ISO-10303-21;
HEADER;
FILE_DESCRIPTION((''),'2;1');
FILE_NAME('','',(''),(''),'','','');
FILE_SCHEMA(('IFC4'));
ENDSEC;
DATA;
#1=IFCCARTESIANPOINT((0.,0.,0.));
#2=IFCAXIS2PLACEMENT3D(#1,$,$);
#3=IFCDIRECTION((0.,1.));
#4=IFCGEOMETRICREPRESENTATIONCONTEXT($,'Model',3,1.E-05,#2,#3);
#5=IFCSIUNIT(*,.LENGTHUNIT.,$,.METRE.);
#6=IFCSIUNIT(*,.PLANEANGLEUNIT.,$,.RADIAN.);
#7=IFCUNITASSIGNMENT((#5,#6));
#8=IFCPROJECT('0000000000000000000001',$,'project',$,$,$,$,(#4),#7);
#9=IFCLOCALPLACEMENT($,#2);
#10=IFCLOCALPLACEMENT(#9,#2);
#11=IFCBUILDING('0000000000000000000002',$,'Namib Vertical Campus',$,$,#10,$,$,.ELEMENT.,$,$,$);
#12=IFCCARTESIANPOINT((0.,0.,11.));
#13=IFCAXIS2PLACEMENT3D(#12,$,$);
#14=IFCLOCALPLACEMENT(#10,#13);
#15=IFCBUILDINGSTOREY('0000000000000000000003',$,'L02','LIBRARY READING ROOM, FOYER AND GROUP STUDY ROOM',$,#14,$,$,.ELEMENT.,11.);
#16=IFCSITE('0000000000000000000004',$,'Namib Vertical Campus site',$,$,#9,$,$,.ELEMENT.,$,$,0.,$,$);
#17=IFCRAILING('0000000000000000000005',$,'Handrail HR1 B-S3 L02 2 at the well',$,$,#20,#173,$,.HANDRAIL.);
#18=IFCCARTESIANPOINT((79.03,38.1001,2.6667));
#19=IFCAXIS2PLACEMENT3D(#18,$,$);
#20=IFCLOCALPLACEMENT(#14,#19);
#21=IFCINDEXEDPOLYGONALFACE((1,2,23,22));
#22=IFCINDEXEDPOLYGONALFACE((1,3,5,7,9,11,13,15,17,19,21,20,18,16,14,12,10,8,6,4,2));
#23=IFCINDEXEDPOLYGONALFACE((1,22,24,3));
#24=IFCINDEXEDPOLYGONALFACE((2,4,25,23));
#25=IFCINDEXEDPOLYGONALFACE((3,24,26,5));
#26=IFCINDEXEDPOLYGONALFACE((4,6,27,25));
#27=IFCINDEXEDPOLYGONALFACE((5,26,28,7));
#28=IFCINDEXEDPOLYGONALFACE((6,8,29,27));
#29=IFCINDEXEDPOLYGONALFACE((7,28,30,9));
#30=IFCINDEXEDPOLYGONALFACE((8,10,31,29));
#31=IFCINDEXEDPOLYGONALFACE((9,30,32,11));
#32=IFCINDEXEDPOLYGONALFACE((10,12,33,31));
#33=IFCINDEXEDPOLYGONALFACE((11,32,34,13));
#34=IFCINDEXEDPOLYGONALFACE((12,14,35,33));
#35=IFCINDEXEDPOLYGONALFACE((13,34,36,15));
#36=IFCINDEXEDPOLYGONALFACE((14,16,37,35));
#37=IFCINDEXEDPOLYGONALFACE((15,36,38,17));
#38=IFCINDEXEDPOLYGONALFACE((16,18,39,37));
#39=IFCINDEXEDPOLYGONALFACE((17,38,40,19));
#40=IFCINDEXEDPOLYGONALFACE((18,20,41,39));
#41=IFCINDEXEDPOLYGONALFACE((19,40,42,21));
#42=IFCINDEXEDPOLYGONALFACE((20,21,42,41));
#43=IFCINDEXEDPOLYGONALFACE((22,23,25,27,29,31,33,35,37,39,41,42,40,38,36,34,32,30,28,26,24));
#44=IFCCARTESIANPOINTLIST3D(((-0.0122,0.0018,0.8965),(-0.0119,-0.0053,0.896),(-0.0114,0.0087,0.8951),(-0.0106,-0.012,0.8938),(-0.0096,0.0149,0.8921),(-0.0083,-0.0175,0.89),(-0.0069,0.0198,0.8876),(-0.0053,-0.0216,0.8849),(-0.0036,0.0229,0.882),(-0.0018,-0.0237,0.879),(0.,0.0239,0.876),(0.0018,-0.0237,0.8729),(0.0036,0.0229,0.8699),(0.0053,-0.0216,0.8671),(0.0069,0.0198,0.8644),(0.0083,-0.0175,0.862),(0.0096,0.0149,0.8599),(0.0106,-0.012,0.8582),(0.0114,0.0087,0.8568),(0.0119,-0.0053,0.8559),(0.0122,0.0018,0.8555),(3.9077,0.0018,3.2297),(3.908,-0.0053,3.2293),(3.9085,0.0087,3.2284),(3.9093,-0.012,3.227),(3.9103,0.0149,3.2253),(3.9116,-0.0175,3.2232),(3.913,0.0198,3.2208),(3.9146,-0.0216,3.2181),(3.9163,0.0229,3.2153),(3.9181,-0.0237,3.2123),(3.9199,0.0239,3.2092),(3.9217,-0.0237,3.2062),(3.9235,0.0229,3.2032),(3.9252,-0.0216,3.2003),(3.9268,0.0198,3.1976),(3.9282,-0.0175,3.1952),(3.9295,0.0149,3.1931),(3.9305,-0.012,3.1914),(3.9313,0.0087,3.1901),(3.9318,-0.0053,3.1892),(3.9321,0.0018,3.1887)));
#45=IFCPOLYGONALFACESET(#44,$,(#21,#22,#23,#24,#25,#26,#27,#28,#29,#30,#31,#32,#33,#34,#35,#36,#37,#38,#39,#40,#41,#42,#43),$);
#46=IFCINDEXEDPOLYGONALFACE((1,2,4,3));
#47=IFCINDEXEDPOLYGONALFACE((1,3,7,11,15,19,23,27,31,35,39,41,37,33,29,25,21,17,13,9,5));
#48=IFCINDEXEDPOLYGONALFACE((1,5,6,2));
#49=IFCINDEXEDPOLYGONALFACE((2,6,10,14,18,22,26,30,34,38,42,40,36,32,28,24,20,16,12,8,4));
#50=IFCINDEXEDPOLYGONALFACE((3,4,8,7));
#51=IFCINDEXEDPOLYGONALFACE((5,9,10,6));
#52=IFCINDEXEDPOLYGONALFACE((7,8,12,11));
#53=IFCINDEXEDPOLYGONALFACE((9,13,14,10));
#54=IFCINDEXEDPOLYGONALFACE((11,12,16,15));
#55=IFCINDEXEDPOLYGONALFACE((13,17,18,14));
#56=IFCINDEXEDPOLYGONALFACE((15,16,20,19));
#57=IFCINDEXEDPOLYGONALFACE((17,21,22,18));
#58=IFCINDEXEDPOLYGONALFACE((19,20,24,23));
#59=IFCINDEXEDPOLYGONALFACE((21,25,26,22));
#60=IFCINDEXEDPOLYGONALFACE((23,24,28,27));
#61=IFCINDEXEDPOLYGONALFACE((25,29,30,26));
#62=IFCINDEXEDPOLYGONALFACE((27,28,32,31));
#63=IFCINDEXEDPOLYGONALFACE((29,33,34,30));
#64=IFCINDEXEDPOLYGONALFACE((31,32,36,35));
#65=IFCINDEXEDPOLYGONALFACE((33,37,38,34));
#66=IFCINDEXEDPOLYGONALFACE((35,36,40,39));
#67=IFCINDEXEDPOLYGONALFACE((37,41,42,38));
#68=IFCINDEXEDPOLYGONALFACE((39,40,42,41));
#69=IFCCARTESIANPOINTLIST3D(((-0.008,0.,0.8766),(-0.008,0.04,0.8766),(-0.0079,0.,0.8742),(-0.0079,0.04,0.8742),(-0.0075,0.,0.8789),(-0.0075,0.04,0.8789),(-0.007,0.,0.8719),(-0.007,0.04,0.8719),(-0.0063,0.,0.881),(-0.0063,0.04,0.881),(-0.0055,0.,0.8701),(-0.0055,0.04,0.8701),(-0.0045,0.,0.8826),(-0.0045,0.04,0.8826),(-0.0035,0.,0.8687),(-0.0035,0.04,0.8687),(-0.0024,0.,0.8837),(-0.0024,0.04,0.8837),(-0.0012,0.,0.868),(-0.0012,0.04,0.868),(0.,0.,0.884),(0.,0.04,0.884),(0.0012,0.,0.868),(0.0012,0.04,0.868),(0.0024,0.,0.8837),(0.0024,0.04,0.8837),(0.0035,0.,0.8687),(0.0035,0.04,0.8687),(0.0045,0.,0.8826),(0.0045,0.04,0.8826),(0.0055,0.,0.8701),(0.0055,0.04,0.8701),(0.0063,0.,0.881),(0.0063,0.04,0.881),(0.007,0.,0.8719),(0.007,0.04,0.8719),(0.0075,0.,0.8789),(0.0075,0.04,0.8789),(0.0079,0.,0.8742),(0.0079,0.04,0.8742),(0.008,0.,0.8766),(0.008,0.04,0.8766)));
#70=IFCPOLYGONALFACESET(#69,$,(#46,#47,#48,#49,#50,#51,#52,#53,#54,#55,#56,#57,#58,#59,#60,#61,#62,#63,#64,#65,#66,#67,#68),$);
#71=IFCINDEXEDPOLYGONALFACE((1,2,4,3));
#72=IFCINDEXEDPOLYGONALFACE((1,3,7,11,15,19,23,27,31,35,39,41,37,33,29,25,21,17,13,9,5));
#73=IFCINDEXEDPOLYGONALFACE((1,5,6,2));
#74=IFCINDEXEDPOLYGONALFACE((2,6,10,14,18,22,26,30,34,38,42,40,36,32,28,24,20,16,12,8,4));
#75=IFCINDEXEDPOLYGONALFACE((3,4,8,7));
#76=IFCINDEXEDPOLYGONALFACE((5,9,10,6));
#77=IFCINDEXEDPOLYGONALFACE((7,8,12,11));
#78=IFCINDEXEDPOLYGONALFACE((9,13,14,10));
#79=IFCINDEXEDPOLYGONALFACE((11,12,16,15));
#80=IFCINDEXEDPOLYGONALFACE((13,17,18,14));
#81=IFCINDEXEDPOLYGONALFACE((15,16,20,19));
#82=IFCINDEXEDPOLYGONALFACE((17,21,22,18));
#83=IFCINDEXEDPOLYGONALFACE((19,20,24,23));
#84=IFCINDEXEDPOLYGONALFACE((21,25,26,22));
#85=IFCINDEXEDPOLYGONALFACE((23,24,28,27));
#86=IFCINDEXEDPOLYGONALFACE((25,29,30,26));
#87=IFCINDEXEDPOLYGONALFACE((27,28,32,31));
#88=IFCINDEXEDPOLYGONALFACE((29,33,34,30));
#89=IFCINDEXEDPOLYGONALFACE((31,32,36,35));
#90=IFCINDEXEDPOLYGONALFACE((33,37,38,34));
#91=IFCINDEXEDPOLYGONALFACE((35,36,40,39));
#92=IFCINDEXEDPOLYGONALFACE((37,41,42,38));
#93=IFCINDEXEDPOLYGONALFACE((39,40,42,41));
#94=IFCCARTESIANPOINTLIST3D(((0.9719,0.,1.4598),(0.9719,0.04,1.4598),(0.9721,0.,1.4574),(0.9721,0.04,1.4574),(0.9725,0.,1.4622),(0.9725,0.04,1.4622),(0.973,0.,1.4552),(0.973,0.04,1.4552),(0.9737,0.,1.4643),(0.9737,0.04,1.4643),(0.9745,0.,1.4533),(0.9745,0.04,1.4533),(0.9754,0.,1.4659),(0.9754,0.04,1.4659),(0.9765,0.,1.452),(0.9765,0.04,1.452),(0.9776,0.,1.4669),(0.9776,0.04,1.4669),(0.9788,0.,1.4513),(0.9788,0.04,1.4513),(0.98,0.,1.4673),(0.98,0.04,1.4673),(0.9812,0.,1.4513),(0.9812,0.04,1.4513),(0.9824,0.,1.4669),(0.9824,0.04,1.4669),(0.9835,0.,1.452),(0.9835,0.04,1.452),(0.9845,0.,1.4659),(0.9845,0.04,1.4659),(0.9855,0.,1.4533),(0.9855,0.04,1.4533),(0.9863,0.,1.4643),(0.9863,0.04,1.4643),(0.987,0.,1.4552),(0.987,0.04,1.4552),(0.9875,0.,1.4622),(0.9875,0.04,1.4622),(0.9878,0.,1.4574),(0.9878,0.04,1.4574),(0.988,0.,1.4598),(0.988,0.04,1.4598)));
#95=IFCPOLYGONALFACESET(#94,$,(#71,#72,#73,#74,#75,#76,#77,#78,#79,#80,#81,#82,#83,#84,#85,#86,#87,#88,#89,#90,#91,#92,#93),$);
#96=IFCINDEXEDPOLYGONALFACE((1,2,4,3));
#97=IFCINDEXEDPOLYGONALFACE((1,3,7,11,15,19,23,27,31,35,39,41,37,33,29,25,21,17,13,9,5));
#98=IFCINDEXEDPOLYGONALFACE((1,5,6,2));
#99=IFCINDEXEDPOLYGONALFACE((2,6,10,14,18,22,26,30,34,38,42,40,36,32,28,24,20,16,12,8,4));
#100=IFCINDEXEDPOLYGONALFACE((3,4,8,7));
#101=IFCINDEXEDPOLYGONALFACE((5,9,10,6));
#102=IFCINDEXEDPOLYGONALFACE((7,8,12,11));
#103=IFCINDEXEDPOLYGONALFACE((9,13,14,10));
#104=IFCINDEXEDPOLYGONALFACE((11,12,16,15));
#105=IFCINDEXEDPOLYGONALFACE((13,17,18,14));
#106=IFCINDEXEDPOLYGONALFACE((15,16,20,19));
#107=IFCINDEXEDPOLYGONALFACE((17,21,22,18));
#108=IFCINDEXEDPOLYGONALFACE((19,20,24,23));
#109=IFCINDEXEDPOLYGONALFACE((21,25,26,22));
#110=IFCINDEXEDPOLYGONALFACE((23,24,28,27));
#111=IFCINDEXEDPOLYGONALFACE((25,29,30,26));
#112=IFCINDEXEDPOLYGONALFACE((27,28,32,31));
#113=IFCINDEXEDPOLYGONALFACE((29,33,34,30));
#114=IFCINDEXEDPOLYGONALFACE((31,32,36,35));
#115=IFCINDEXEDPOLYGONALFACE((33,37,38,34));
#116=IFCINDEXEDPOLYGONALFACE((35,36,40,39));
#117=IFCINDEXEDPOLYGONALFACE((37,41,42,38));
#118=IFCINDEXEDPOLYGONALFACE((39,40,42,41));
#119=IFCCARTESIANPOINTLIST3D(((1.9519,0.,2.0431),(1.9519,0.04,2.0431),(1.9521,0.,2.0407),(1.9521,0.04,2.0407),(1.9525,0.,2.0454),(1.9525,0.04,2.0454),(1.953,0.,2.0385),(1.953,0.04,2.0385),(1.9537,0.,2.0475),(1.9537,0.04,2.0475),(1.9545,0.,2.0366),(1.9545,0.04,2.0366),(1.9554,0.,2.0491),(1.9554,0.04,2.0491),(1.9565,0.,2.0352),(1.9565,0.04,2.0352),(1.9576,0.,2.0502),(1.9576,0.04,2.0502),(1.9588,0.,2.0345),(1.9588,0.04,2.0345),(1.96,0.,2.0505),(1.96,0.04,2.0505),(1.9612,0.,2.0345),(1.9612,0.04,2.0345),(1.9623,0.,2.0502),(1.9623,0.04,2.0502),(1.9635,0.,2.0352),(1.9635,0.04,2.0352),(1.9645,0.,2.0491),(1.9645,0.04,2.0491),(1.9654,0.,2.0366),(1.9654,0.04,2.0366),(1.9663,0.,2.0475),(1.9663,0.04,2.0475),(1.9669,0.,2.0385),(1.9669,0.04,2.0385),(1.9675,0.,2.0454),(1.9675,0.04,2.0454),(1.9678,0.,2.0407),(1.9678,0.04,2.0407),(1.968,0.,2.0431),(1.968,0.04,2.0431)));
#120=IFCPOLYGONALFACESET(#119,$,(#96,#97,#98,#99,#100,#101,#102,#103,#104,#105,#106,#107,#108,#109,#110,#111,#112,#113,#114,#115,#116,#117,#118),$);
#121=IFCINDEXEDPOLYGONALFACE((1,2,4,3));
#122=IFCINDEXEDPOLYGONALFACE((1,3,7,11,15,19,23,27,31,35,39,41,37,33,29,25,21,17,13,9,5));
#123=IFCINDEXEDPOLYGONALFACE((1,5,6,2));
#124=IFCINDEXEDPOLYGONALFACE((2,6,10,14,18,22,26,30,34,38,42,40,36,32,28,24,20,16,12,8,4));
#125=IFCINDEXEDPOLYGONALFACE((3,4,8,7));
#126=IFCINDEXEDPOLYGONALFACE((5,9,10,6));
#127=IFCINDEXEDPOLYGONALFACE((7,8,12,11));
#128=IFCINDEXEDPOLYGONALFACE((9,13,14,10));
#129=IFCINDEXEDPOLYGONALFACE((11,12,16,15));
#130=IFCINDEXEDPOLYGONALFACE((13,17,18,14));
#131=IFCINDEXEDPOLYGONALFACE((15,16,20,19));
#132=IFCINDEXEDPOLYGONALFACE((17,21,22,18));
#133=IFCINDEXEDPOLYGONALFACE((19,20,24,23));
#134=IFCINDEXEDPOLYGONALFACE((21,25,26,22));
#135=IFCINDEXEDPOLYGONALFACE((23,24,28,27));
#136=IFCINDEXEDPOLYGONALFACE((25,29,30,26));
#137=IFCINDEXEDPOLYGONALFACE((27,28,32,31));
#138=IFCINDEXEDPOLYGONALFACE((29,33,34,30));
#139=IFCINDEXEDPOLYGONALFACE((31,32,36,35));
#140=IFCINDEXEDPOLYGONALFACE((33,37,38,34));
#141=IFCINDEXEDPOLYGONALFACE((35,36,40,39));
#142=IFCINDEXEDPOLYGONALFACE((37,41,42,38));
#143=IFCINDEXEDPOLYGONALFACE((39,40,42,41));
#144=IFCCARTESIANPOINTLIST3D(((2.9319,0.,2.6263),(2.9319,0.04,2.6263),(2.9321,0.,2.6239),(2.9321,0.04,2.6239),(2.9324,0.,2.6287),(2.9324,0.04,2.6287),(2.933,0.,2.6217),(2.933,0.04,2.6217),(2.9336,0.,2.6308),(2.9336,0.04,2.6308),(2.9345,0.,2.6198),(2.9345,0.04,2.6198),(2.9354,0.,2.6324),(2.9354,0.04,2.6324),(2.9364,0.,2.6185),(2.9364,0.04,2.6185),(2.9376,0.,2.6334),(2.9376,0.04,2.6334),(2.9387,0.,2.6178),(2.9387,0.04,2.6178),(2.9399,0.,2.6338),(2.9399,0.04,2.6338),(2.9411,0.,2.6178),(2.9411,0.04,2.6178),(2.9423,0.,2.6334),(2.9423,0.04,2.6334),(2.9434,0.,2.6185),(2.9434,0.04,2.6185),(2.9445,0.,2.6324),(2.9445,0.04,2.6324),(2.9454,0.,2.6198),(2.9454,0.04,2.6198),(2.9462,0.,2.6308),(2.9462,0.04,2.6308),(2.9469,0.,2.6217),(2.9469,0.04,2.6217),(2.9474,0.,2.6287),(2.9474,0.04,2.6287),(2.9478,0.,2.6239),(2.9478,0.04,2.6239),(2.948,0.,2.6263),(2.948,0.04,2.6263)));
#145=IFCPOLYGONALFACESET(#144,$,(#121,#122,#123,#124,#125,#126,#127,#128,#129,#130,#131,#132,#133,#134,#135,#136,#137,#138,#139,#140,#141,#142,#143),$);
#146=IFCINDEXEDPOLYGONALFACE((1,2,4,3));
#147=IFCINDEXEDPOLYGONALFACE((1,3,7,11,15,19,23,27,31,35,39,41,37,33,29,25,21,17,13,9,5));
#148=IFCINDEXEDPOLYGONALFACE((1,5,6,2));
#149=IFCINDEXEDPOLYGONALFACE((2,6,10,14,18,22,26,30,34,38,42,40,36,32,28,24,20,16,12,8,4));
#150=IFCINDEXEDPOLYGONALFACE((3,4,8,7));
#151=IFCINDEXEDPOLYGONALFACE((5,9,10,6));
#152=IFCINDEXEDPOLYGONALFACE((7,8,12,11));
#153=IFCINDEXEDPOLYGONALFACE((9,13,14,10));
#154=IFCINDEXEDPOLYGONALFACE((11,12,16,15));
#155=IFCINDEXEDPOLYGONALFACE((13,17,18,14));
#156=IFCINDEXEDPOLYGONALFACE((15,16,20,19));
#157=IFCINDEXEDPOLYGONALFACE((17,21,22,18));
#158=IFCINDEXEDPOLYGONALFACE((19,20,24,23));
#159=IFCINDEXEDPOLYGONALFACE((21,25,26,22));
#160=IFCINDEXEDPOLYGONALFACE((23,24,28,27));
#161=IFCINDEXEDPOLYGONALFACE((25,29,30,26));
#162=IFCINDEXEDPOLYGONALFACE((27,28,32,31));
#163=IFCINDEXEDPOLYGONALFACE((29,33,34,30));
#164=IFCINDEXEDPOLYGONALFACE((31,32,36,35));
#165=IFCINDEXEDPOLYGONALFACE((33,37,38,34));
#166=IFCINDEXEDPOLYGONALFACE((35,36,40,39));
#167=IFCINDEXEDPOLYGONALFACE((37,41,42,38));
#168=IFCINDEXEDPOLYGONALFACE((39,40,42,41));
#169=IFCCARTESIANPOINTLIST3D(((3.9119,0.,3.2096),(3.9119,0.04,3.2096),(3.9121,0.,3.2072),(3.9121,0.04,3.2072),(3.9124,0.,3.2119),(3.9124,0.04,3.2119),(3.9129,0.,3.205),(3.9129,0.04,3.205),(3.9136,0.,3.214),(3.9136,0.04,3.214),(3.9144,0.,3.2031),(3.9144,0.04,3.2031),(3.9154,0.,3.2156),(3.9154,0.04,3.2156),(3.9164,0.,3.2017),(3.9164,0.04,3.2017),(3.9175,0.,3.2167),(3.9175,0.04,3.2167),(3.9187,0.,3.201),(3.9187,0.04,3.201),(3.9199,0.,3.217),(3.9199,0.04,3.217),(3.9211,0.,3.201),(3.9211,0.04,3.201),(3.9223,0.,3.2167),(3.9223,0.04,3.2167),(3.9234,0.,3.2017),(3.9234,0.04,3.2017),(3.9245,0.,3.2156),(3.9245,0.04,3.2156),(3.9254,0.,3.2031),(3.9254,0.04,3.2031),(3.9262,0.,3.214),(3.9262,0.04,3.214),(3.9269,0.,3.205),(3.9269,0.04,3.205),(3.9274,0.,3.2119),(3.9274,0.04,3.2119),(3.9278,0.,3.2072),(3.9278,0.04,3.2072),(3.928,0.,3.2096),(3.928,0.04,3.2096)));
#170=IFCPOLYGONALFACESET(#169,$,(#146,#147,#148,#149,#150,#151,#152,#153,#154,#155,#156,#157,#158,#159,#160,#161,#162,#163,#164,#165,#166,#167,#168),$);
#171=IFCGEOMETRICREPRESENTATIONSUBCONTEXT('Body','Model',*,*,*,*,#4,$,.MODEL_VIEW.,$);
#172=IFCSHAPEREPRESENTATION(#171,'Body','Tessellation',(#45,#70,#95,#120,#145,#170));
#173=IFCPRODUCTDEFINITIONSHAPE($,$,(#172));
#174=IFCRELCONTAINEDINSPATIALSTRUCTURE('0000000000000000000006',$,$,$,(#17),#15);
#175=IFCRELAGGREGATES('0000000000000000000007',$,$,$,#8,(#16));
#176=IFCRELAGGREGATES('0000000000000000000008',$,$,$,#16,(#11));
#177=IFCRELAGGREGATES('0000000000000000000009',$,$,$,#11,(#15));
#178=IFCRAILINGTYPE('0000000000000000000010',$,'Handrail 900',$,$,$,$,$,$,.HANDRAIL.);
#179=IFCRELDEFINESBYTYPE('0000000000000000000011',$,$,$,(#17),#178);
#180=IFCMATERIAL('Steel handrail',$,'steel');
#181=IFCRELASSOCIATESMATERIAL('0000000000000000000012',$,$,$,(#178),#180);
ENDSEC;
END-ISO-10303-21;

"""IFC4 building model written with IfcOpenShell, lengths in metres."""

from ifc_helpers import new_model, si_unit, direction, frame, origin, origin_2d, place, context, subcontext, project, spatial, circle, extrude, material, type_object, element, save


model = new_model("IFC4")

# Units and contexts
model_context = context("Model", 3, precision=1e-05, world=origin(), true_north=direction((0.0, 1.0)))
body_context = subcontext(model_context, "Body", "Model", "MODEL_VIEW")
ifc_project = project(units=[si_unit("LENGTHUNIT", "METRE"), si_unit("PLANEANGLEUNIT", "RADIAN")], contexts=[model_context])

# Site, building, storey
site_placement = place(None, origin())
site = spatial("IfcSite", under=ifc_project, at=site_placement, Name="Namib Vertical Campus site", CompositionType="ELEMENT", RefElevation=0.0)
building_placement = place(site_placement, origin())
building = spatial("IfcBuilding", under=site, at=building_placement, Name="Namib Vertical Campus", CompositionType="ELEMENT")
storey_placement = place(building_placement, frame((0.0, 0.0, 11.0)))
storey = spatial("IfcBuildingStorey", under=building, at=storey_placement, Name="L02", Description="LIBRARY READING ROOM, FOYER AND GROUP STUDY ROOM", CompositionType="ELEMENT", Elevation=11.0)

# Railing
ifc_material_1 = material(Name="Steel handrail", Category="steel")
railing_type_1 = type_object("IfcRailingType", Name="Handrail 900", PredefinedType="HANDRAIL", material=ifc_material_1)
railing_1_placement = place(storey_placement, frame((79.03, 38.1001, 2.6667)))
element("IfcRailing", 1, at=railing_1_placement, inside=storey, type_object=railing_type_1, Name="Handrail HR1 B-S3 L02 2 at the well", PredefinedType="HANDRAIL", context=body_context, shape_type="SweptSolid", body=[
    extrude(circle(Radius=0.0239, at=origin_2d()), frame((0.0, 0.0, 0.876), z_axis=(0.859296, 0.0, 0.511478), x_axis=(0.0, 1.0, 0.0)), (0.0, 0.0, 1.0), 4.5618),
    extrude(circle(Radius=0.0081, at=origin_2d()), frame((0.0, 0.0, 0.876), z_axis=(0.0, 1.0, 0.0), x_axis=(0.0, 0.0, 1.0)), (0.0, 0.0, 1.0), 0.04),
    extrude(circle(Radius=0.0081, at=origin_2d()), frame((0.98, 0.0, 1.4592), z_axis=(0.0, 1.0, 0.0), x_axis=(0.0, 0.0, 1.0)), (0.0, 0.0, 1.0), 0.04),
    extrude(circle(Radius=0.0081, at=origin_2d()), frame((1.96, 0.0, 2.0425), z_axis=(0.0, 1.0, 0.0), x_axis=(0.0, 0.0, 1.0)), (0.0, 0.0, 1.0), 0.04),
    extrude(circle(Radius=0.0081, at=origin_2d()), frame((2.9399, 0.0, 2.6257), z_axis=(0.0, 1.0, 0.0), x_axis=(0.0, 0.0, 1.0)), (0.0, 0.0, 1.0), 0.04),
    extrude(circle(Radius=0.0081, at=origin_2d()), frame((3.9199, 0.0, 3.209), z_axis=(0.0, 1.0, 0.0), x_axis=(0.0, 0.0, 1.0)), (0.0, 0.0, 1.0), 0.04),
])

save(model, "model.ifc")
